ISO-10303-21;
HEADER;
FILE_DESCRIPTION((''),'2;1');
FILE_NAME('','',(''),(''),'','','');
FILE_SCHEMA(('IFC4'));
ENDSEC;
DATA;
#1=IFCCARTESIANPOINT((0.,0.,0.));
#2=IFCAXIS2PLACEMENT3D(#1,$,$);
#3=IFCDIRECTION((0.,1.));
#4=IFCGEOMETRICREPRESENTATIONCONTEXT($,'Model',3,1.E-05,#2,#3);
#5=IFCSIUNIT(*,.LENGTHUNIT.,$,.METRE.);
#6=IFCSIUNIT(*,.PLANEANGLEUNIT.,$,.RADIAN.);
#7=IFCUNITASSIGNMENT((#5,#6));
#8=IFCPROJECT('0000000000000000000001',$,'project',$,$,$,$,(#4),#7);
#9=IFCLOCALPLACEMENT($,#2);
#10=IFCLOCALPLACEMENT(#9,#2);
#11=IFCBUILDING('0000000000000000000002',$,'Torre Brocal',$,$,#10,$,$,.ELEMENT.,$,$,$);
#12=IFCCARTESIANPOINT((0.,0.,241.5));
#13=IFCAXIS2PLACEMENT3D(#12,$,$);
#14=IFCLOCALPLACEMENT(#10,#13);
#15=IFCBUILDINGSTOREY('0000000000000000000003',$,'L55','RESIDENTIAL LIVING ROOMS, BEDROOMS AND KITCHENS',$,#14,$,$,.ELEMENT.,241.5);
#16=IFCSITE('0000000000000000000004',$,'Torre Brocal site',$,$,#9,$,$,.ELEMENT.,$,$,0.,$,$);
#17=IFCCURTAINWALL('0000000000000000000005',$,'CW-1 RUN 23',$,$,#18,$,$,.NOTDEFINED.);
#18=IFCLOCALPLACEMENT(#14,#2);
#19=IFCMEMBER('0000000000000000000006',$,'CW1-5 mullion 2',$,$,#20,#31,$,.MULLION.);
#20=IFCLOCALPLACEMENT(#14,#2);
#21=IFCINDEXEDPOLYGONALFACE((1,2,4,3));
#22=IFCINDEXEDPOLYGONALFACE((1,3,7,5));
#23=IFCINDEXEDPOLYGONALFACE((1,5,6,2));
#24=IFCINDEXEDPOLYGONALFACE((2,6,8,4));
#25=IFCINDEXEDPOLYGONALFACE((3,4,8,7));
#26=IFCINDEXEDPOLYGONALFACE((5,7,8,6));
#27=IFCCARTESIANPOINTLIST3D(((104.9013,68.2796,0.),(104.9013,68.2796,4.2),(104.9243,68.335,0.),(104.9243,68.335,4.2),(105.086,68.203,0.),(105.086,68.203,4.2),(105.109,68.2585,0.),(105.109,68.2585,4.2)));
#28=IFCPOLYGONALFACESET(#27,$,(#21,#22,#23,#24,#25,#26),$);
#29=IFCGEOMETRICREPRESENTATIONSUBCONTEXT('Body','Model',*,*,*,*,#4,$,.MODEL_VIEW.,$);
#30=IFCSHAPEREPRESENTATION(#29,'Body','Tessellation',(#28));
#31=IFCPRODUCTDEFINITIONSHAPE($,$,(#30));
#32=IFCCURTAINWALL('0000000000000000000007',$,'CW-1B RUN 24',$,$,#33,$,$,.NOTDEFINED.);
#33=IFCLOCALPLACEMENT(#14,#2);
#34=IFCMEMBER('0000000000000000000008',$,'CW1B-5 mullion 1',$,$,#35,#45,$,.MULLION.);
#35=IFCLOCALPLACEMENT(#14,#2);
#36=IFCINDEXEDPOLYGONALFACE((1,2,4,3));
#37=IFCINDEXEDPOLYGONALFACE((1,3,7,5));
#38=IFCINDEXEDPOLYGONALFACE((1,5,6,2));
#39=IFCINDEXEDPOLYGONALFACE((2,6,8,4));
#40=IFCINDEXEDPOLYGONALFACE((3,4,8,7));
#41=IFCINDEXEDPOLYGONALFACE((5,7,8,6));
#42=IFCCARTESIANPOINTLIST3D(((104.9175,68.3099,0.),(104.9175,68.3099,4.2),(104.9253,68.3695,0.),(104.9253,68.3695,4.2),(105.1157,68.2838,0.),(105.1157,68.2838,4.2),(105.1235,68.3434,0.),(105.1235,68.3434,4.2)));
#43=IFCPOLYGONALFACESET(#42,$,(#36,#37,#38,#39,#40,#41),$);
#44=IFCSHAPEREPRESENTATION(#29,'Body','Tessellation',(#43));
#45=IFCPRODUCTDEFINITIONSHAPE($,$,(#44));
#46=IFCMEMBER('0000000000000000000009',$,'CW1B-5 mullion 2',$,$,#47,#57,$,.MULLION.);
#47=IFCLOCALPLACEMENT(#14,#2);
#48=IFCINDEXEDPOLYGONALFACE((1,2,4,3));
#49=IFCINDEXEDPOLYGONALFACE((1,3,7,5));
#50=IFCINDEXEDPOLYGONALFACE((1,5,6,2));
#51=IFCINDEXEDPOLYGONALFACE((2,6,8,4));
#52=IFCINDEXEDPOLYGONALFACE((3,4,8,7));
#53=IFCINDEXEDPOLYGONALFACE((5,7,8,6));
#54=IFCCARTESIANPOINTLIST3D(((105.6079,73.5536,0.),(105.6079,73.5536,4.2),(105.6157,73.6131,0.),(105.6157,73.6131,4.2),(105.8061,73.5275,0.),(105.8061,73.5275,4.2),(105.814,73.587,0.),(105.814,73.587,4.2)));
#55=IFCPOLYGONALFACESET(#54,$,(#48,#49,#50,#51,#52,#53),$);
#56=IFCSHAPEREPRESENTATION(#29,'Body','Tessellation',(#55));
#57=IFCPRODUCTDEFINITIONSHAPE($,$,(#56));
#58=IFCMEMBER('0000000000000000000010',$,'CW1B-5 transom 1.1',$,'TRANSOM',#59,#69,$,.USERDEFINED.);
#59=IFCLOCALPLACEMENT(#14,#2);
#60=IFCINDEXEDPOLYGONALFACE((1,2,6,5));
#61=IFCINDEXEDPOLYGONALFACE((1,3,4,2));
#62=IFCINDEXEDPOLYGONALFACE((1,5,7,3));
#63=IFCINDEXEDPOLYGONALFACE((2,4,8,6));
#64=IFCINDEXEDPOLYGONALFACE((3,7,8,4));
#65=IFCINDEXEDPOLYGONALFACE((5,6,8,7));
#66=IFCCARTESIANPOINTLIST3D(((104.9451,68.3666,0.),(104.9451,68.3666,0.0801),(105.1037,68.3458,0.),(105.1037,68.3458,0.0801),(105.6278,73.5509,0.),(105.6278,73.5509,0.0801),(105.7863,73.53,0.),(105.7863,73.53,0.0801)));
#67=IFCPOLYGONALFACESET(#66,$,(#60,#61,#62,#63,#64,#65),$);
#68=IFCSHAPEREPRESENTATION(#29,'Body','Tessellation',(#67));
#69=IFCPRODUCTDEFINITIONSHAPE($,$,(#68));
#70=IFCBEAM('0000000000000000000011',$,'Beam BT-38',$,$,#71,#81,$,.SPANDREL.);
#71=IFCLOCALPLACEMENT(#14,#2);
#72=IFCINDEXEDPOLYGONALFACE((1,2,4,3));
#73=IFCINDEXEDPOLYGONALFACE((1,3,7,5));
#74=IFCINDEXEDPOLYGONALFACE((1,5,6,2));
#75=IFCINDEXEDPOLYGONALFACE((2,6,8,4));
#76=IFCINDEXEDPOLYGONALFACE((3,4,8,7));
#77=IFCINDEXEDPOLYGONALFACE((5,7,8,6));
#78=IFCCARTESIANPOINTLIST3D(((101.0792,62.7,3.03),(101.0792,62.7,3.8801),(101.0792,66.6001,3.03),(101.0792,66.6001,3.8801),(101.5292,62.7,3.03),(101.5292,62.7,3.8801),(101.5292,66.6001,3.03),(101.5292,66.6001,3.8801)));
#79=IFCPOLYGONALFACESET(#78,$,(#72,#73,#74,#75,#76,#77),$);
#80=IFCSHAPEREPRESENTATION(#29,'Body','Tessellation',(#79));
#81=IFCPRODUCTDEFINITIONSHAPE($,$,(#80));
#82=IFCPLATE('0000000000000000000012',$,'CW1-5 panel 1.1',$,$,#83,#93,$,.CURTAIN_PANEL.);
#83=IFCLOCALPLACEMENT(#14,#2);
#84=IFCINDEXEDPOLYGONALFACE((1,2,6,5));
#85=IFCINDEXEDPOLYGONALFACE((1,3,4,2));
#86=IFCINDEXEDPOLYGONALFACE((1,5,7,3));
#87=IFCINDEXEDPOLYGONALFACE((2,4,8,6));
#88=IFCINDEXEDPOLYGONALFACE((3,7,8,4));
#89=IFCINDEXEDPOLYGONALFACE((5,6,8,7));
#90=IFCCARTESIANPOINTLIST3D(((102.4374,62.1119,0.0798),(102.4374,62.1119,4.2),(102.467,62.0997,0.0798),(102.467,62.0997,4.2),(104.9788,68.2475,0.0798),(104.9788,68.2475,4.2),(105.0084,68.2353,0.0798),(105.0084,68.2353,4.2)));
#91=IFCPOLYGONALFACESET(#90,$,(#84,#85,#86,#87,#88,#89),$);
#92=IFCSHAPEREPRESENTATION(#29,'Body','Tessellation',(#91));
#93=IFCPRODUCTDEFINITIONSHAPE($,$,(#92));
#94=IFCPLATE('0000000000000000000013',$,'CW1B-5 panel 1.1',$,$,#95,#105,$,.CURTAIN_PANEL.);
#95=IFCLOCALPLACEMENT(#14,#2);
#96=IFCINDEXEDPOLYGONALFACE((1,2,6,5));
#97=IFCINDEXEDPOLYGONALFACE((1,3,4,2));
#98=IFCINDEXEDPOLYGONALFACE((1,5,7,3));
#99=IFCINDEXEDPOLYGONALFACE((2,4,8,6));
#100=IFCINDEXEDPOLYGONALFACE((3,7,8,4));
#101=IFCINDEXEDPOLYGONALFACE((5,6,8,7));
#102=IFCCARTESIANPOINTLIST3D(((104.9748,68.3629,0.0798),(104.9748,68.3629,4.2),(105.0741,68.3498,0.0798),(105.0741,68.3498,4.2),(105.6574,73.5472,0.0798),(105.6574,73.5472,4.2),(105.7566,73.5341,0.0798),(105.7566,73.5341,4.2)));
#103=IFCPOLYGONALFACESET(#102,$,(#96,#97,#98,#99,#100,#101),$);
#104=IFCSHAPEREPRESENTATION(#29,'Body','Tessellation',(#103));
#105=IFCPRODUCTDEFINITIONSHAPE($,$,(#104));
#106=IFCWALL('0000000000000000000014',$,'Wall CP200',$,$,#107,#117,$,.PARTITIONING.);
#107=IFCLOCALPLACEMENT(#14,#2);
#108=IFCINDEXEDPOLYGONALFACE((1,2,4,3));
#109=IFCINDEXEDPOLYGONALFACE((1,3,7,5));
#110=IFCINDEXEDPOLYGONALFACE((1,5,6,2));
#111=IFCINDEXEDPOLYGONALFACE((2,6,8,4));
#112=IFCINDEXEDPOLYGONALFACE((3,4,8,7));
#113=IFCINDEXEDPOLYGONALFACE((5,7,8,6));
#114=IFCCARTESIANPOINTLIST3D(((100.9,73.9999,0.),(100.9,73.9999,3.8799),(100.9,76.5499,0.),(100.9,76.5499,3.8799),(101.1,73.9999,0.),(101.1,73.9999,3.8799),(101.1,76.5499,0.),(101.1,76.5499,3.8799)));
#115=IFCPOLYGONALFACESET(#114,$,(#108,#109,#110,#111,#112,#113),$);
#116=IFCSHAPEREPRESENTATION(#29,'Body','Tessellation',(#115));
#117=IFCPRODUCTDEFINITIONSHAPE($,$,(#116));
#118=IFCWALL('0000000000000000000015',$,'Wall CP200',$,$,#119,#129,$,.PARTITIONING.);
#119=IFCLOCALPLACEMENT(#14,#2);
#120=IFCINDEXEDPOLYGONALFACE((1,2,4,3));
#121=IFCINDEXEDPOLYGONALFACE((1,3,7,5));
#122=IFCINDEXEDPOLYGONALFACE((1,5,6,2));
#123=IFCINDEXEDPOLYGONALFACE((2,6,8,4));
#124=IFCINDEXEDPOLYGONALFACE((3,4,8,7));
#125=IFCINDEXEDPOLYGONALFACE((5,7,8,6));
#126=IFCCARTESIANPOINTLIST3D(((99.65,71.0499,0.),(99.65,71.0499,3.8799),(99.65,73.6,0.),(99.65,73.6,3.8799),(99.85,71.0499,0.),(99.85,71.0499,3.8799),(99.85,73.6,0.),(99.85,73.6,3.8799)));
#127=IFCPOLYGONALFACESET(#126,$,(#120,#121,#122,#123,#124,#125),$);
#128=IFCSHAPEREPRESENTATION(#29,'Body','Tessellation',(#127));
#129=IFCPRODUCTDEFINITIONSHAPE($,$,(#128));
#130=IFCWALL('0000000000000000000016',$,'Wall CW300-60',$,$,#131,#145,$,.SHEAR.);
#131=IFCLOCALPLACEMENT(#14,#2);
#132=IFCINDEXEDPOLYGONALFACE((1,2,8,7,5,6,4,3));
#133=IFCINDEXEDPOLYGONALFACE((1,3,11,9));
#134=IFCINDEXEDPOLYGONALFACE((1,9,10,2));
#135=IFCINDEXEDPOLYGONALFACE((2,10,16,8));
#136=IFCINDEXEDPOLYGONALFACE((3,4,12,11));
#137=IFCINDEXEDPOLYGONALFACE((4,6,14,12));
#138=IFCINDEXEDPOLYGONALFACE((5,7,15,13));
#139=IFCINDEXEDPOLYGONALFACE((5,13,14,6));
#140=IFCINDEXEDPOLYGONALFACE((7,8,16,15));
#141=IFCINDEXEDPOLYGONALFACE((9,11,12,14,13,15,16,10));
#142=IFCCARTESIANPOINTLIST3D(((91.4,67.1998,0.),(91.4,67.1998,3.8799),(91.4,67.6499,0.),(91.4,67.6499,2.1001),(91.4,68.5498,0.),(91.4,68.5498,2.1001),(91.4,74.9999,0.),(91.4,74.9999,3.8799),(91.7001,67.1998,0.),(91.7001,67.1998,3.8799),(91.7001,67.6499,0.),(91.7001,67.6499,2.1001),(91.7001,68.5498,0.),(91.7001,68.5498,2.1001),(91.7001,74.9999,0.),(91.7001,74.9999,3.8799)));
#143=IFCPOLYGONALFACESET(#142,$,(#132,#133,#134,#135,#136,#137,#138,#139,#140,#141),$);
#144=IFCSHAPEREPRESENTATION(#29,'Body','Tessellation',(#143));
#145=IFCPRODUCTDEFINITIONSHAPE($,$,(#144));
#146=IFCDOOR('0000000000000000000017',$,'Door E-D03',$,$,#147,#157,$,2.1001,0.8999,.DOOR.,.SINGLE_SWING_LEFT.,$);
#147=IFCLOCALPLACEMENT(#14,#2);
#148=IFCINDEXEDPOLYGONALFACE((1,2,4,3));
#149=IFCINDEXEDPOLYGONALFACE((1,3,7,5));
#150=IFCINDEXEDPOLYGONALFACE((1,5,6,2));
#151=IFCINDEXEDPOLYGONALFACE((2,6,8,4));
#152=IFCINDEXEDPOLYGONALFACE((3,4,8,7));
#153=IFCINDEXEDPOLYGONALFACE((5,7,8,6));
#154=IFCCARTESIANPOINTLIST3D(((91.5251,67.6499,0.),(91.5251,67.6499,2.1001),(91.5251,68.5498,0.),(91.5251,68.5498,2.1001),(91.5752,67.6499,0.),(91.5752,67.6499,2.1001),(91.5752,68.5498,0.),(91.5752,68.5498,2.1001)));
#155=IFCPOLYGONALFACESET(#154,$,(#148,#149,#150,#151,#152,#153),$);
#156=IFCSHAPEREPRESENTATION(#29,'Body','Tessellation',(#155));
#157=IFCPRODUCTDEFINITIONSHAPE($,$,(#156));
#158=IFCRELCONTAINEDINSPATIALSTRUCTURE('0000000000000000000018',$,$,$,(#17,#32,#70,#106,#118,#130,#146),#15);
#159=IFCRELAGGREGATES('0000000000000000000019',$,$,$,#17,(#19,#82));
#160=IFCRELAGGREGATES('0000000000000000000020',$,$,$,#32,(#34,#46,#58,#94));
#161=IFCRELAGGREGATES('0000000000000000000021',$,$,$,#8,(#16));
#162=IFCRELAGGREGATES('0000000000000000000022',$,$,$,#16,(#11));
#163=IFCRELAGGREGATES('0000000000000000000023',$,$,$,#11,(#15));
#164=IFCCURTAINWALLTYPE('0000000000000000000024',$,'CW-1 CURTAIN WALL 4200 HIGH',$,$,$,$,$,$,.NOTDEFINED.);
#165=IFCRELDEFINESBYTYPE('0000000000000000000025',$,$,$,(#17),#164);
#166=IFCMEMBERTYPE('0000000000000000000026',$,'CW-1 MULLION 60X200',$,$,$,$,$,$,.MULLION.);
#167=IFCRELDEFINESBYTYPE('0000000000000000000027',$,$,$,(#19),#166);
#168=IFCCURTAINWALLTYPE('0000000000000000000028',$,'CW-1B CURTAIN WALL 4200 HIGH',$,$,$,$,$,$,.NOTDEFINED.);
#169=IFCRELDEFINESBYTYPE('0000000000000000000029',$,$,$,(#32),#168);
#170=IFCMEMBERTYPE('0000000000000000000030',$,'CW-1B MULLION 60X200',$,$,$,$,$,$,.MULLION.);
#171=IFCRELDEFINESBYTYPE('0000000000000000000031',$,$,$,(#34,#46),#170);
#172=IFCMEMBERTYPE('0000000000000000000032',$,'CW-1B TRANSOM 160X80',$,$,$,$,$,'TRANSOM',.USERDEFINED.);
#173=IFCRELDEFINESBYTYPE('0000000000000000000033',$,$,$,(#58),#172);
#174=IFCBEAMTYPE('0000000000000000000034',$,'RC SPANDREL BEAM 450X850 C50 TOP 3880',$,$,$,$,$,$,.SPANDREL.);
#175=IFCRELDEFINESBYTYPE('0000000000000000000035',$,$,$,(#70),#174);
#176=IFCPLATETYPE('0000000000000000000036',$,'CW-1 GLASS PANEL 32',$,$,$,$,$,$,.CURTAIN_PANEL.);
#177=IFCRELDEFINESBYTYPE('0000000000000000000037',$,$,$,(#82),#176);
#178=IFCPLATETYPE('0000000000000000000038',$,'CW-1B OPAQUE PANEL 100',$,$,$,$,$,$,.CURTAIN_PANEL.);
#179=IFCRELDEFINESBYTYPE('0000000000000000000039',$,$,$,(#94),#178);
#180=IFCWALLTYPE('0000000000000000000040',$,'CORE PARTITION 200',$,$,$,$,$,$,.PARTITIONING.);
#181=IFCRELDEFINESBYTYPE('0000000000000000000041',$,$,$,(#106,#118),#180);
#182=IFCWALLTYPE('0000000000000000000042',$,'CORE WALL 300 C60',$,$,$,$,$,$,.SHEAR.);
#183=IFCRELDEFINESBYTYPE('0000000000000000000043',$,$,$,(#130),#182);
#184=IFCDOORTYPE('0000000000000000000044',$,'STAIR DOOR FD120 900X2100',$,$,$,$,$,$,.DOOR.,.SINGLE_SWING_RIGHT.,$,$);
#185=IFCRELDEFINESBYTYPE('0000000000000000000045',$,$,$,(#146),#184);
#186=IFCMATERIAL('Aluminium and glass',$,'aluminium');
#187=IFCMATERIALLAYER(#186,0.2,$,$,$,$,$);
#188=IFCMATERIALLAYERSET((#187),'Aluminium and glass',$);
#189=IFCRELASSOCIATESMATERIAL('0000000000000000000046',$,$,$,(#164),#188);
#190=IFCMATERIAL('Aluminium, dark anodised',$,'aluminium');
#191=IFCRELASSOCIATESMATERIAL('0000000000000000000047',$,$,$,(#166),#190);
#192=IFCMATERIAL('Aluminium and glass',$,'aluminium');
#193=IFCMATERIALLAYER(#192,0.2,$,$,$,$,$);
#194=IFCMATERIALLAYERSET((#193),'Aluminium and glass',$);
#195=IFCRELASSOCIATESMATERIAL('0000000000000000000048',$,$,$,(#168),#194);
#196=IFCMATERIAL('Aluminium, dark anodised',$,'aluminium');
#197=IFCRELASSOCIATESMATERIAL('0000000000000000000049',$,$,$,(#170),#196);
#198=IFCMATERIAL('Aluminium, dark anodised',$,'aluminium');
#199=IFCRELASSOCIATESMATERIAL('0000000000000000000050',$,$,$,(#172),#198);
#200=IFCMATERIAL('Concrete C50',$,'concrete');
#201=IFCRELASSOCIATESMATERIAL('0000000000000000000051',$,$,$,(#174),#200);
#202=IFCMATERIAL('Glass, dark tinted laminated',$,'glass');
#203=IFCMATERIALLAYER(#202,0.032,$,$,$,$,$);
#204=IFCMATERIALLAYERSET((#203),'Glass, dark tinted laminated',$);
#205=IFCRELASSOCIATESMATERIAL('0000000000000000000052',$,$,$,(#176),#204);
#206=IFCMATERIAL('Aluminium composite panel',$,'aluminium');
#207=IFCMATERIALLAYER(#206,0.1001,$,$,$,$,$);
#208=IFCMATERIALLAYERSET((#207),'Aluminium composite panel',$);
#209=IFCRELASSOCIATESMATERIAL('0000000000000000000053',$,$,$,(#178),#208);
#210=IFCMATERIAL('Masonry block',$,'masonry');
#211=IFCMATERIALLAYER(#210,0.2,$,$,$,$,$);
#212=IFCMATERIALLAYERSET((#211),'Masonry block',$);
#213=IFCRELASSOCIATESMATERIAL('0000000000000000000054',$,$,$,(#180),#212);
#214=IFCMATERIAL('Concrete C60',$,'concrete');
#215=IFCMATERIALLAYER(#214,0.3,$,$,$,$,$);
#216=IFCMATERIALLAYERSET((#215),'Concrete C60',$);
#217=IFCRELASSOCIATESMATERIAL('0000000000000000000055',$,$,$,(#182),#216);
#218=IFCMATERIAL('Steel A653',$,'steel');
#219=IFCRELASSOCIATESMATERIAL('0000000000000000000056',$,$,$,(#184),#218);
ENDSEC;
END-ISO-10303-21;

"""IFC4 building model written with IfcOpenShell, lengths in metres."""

from ifc_helpers import new_model, si_unit, direction, frame, frame_2d, origin, origin_2d, place, context, subcontext, project, spatial, rectangle, extrude, material, layer, layer_set, material_profile, profile_set, type_object, element, fill, aggregate, save


model = new_model("IFC4")

# Units and contexts
model_context = context("Model", 3, precision=1e-05, world=origin(), true_north=direction((0.0, 1.0)))
body_context = subcontext(model_context, "Body", "Model", "MODEL_VIEW")
ifc_project = project(units=[si_unit("LENGTHUNIT", "METRE"), si_unit("PLANEANGLEUNIT", "RADIAN")], contexts=[model_context])

# Site, building, storey
site_placement = place(None, origin())
site = spatial("IfcSite", under=ifc_project, at=site_placement, Name="Torre Brocal site", CompositionType="ELEMENT", RefElevation=0.0)
building_placement = place(site_placement, origin())
building = spatial("IfcBuilding", under=site, at=building_placement, Name="Torre Brocal", CompositionType="ELEMENT")
storey_placement = place(building_placement, frame((0.0, 0.0, 241.5)))
storey = spatial("IfcBuildingStorey", under=building, at=storey_placement, Name="L55", Description="RESIDENTIAL LIVING ROOMS, BEDROOMS AND KITCHENS", CompositionType="ELEMENT", Elevation=241.5)

# Curtain wall, member
ifc_material_1 = material(Name="Aluminium and glass", Category="aluminium")
ifc_layer_1 = layer(ifc_material_1, 0.2)
ifc_layer_set_1 = layer_set([ifc_layer_1], Name="Aluminium and glass")
curtain_wall_type_1 = type_object("IfcCurtainWallType", Name="CW-1 CURTAIN WALL 4200 HIGH", PredefinedType="NOTDEFINED", material=ifc_layer_set_1)
curtain_wall_1_placement = place(storey_placement, origin())
curtain_wall_1 = element("IfcCurtainWall", 1, at=curtain_wall_1_placement, inside=storey, type_object=curtain_wall_type_1, Name="CW-1 RUN 23", PredefinedType="NOTDEFINED")
ifc_material_2 = material(Name="Aluminium, dark anodised", Category="aluminium")
ifc_material_profile_1 = material_profile(ifc_material_2, rectangle(XDim=0.2, YDim=0.0601, at=origin_2d()), Name="CW-1 MULLION 60X200")
ifc_profile_set_1 = profile_set([ifc_material_profile_1], Name="Aluminium, dark anodised")
member_type_1 = type_object("IfcMemberType", Name="CW-1 MULLION 60X200", PredefinedType="MULLION", material=ifc_profile_set_1)
member_1_placement = place(storey_placement, frame((105.0051, 68.269, 0.0), z_axis=(0.0, 0.0, 1.0), x_axis=(-0.92388, 0.382683, 0.0)))
member_1 = element("IfcMember", 2, at=member_1_placement, type_object=member_type_1, Name="CW1-5 mullion 2", PredefinedType="MULLION", context=body_context, shape_type="SweptSolid", body=[
    extrude(rectangle(XDim=0.2, YDim=0.0601, at=origin_2d()), origin(), (0.0, 0.0, 1.0), 4.2),
])

# Curtain wall, members
ifc_material_3 = material(Name="Aluminium and glass", Category="aluminium")
ifc_layer_2 = layer(ifc_material_3, 0.2)
ifc_layer_set_2 = layer_set([ifc_layer_2], Name="Aluminium and glass")
curtain_wall_type_2 = type_object("IfcCurtainWallType", Name="CW-1B CURTAIN WALL 4200 HIGH", PredefinedType="NOTDEFINED", material=ifc_layer_set_2)
curtain_wall_2_placement = place(storey_placement, origin())
curtain_wall_2 = element("IfcCurtainWall", 3, at=curtain_wall_2_placement, inside=storey, type_object=curtain_wall_type_2, Name="CW-1B RUN 24", PredefinedType="NOTDEFINED")
ifc_material_4 = material(Name="Aluminium, dark anodised", Category="aluminium")
ifc_material_profile_2 = material_profile(ifc_material_4, rectangle(XDim=0.2, YDim=0.0601, at=origin_2d()), Name="CW-1B MULLION 60X200")
ifc_profile_set_2 = profile_set([ifc_material_profile_2], Name="Aluminium, dark anodised")
member_type_2 = type_object("IfcMemberType", Name="CW-1B MULLION 60X200", PredefinedType="MULLION", material=ifc_profile_set_2)
member_2_placement = place(storey_placement, frame((105.0205, 68.3267, 0.0), z_axis=(0.0, 0.0, 1.0), x_axis=(-0.991445, 0.130526, 0.0)))
member_2 = element("IfcMember", 4, at=member_2_placement, type_object=member_type_2, Name="CW1B-5 mullion 1", PredefinedType="MULLION", context=body_context, shape_type="SweptSolid", body=[
    extrude(rectangle(XDim=0.2, YDim=0.0601, at=origin_2d()), origin(), (0.0, 0.0, 1.0), 4.2),
])
member_3_placement = place(storey_placement, frame((105.7109, 73.5703, 0.0), z_axis=(0.0, 0.0, 1.0), x_axis=(-0.991445, 0.130526, 0.0)))
member_3 = element("IfcMember", 5, at=member_3_placement, type_object=member_type_2, Name="CW1B-5 mullion 2", PredefinedType="MULLION", context=body_context, shape_type="SweptSolid", body=[
    extrude(rectangle(XDim=0.2, YDim=0.0601, at=origin_2d()), origin(), (0.0, 0.0, 1.0), 4.2),
])
ifc_material_5 = material(Name="Aluminium, dark anodised", Category="aluminium")
ifc_material_profile_3 = material_profile(ifc_material_5, rectangle(XDim=0.1599, YDim=0.0801, at=origin_2d()), Name="CW-1B TRANSOM 160X80")
ifc_profile_set_3 = profile_set([ifc_material_profile_3], Name="Aluminium, dark anodised")
member_type_3 = type_object("IfcMemberType", Name="CW-1B TRANSOM 160X80", ElementType="TRANSOM", PredefinedType="USERDEFINED", material=ifc_profile_set_3)
member_4_placement = place(storey_placement, frame((105.0244, 68.3562, 0.04), z_axis=(0.130543, 0.991443, 0.0), x_axis=(-0.991443, 0.130543, 0.0)))
member_4 = element("IfcMember", 6, at=member_4_placement, type_object=member_type_3, Name="CW1B-5 transom 1.1", ObjectType="TRANSOM", PredefinedType="USERDEFINED", context=body_context, shape_type="SweptSolid", body=[
    extrude(rectangle(XDim=0.1599, YDim=0.0801, at=origin_2d()), origin(), (0.0, 0.0, 1.0), 5.229),
])

# Beam
ifc_material_6 = material(Name="Concrete C50", Category="concrete")
ifc_material_profile_4 = material_profile(ifc_material_6, rectangle(XDim=0.45, YDim=0.8501, at=origin_2d()), Name="RC 450X850")
ifc_profile_set_4 = profile_set([ifc_material_profile_4], Name="Concrete C50")
beam_type = type_object("IfcBeamType", Name="RC SPANDREL BEAM 450X850 C50 TOP 3880", PredefinedType="SPANDREL", material=ifc_profile_set_4)
beam_placement = place(storey_placement, frame((101.3042, 62.7, 3.4551), z_axis=(0.0, 1.0, 0.0), x_axis=(-1.0, 0.0, 0.0)))
element("IfcBeam", 7, at=beam_placement, inside=storey, type_object=beam_type, Name="Beam BT-38", PredefinedType="SPANDREL", context=body_context, shape_type="SweptSolid", body=[
    extrude(rectangle(XDim=0.45, YDim=0.8501, at=origin_2d()), origin(), (0.0, 0.0, 1.0), 3.9001),
])

# Plates
ifc_material_7 = material(Name="Glass, dark tinted laminated", Category="glass")
ifc_layer_3 = layer(ifc_material_7, 0.032)
ifc_layer_set_3 = layer_set([ifc_layer_3], Name="Glass, dark tinted laminated")
plate_type_1 = type_object("IfcPlateType", Name="CW-1 GLASS PANEL 32", PredefinedType="CURTAIN_PANEL", material=ifc_layer_set_3)
plate_1_placement = place(storey_placement, frame((103.7229, 65.1736, 0.0798), z_axis=(0.0, 0.0, 1.0), x_axis=(0.382683, 0.92388, 0.0)))
plate_1 = element("IfcPlate", 8, at=plate_1_placement, type_object=plate_type_1, Name="CW1-5 panel 1.1", PredefinedType="CURTAIN_PANEL", context=body_context, shape_type="SweptSolid", body=[
    extrude(rectangle(XDim=6.6411, YDim=0.032, at=origin_2d()), origin(), (0.0, 0.0, 1.0), 4.1201),
])
aggregate(curtain_wall_1, [member_1, plate_1])
ifc_material_8 = material(Name="Aluminium composite panel", Category="aluminium")
ifc_layer_4 = layer(ifc_material_8, 0.1001)
ifc_layer_set_4 = layer_set([ifc_layer_4], Name="Aluminium composite panel")
plate_type_2 = type_object("IfcPlateType", Name="CW-1B OPAQUE PANEL 100", PredefinedType="CURTAIN_PANEL", material=ifc_layer_set_4)
plate_2_placement = place(storey_placement, frame((105.3657, 70.9485, 0.0798), z_axis=(0.0, 0.0, 1.0), x_axis=(0.130526, 0.991445, 0.0)))
plate_2 = element("IfcPlate", 9, at=plate_2_placement, type_object=plate_type_2, Name="CW1B-5 panel 1.1", PredefinedType="CURTAIN_PANEL", context=body_context, shape_type="SweptSolid", body=[
    extrude(rectangle(XDim=5.229, YDim=0.1001, at=origin_2d()), origin(), (0.0, 0.0, 1.0), 4.1201),
])
aggregate(curtain_wall_2, [member_2, member_3, member_4, plate_2])

# Walls
ifc_material_9 = material(Name="Masonry block", Category="masonry")
ifc_layer_5 = layer(ifc_material_9, 0.2)
ifc_layer_set_5 = layer_set([ifc_layer_5], Name="Masonry block")
wall_type_1 = type_object("IfcWallType", Name="CORE PARTITION 200", PredefinedType="PARTITIONING", material=ifc_layer_set_5)
for number, where, z_axis, x_axis, name in (
    (10, (101.0, 74.0, 0.0), (0.0, 0.0, 1.0), (0.0, 1.0, 0.0), "Wall CP200"),
    (11, (99.75, 71.05, 0.0), (0.0, 0.0, 1.0), (0.0, 1.0, 0.0), "Wall CP200"),
):
    element("IfcWall", number, at=place(storey_placement, frame(where, z_axis=z_axis, x_axis=x_axis)), inside=storey, type_object=wall_type_1, Name=name, PredefinedType="PARTITIONING", context=body_context, shape_type="SweptSolid", body=[
        extrude(rectangle(XDim=2.55, YDim=0.2, at=frame_2d((1.2749, 0.0))), origin(), (0.0, 0.0, 1.0), 3.8799),
    ])

# Wall, opening, door
ifc_material_10 = material(Name="Concrete C60", Category="concrete")
ifc_layer_6 = layer(ifc_material_10, 0.3)
ifc_layer_set_6 = layer_set([ifc_layer_6], Name="Concrete C60")
wall_type_2 = type_object("IfcWallType", Name="CORE WALL 300 C60", PredefinedType="SHEAR", material=ifc_layer_set_6)
wall_1_placement = place(storey_placement, frame((91.55, 67.2, 0.0), z_axis=(0.0, 0.0, 1.0), x_axis=(0.0, 1.0, 0.0)))
wall_1 = element("IfcWall", 12, at=wall_1_placement, inside=storey, type_object=wall_type_2, Name="Wall CW300-60", PredefinedType="SHEAR", context=body_context, shape_type="SweptSolid", body=[
    extrude(rectangle(XDim=7.8, YDim=0.3, at=frame_2d((3.8999, 0.0))), origin(), (0.0, 0.0, 1.0), 3.8799),
])
opening_1_placement = place(wall_1_placement, frame((0.45, 0.0, 0.0)))
opening_1 = element("IfcOpeningElement", 13, at=opening_1_placement, cuts=wall_1, PredefinedType="OPENING", context=body_context, shape_type="SweptSolid", body=[
    extrude(rectangle(XDim=0.8999, YDim=2.1001, at=frame_2d((0.45, 1.05))), frame((0.0, 0.1599, 0.0), z_axis=(0.0, -1.0, 0.0), x_axis=(1.0, 0.0, 0.0)), (0.0, 0.0, 1.0), 0.3201),
])
ifc_material_11 = material(Name="Steel A653", Category="steel")
door_type_1 = type_object("IfcDoorType", Name="STAIR DOOR FD120 900X2100", OperationType="SINGLE_SWING_RIGHT", PredefinedType="DOOR", material=ifc_material_11)
door_1_placement = place(opening_1_placement, origin())
door_1 = element("IfcDoor", 14, at=door_1_placement, inside=storey, type_object=door_type_1, Name="Door E-D03", OperationType="SINGLE_SWING_LEFT", OverallHeight=2.1001, OverallWidth=0.8999, PredefinedType="DOOR", context=body_context, shape_type="SweptSolid", body=[
    extrude(rectangle(XDim=0.8999, YDim=2.1001, at=frame_2d((0.45, 1.05))), frame((0.0, 0.0249, 0.0), z_axis=(0.0, -1.0, 0.0), x_axis=(1.0, 0.0, 0.0)), (0.0, 0.0, 1.0), 0.05),
])
fill(opening_1, door_1)

save(model, "model.ifc")
